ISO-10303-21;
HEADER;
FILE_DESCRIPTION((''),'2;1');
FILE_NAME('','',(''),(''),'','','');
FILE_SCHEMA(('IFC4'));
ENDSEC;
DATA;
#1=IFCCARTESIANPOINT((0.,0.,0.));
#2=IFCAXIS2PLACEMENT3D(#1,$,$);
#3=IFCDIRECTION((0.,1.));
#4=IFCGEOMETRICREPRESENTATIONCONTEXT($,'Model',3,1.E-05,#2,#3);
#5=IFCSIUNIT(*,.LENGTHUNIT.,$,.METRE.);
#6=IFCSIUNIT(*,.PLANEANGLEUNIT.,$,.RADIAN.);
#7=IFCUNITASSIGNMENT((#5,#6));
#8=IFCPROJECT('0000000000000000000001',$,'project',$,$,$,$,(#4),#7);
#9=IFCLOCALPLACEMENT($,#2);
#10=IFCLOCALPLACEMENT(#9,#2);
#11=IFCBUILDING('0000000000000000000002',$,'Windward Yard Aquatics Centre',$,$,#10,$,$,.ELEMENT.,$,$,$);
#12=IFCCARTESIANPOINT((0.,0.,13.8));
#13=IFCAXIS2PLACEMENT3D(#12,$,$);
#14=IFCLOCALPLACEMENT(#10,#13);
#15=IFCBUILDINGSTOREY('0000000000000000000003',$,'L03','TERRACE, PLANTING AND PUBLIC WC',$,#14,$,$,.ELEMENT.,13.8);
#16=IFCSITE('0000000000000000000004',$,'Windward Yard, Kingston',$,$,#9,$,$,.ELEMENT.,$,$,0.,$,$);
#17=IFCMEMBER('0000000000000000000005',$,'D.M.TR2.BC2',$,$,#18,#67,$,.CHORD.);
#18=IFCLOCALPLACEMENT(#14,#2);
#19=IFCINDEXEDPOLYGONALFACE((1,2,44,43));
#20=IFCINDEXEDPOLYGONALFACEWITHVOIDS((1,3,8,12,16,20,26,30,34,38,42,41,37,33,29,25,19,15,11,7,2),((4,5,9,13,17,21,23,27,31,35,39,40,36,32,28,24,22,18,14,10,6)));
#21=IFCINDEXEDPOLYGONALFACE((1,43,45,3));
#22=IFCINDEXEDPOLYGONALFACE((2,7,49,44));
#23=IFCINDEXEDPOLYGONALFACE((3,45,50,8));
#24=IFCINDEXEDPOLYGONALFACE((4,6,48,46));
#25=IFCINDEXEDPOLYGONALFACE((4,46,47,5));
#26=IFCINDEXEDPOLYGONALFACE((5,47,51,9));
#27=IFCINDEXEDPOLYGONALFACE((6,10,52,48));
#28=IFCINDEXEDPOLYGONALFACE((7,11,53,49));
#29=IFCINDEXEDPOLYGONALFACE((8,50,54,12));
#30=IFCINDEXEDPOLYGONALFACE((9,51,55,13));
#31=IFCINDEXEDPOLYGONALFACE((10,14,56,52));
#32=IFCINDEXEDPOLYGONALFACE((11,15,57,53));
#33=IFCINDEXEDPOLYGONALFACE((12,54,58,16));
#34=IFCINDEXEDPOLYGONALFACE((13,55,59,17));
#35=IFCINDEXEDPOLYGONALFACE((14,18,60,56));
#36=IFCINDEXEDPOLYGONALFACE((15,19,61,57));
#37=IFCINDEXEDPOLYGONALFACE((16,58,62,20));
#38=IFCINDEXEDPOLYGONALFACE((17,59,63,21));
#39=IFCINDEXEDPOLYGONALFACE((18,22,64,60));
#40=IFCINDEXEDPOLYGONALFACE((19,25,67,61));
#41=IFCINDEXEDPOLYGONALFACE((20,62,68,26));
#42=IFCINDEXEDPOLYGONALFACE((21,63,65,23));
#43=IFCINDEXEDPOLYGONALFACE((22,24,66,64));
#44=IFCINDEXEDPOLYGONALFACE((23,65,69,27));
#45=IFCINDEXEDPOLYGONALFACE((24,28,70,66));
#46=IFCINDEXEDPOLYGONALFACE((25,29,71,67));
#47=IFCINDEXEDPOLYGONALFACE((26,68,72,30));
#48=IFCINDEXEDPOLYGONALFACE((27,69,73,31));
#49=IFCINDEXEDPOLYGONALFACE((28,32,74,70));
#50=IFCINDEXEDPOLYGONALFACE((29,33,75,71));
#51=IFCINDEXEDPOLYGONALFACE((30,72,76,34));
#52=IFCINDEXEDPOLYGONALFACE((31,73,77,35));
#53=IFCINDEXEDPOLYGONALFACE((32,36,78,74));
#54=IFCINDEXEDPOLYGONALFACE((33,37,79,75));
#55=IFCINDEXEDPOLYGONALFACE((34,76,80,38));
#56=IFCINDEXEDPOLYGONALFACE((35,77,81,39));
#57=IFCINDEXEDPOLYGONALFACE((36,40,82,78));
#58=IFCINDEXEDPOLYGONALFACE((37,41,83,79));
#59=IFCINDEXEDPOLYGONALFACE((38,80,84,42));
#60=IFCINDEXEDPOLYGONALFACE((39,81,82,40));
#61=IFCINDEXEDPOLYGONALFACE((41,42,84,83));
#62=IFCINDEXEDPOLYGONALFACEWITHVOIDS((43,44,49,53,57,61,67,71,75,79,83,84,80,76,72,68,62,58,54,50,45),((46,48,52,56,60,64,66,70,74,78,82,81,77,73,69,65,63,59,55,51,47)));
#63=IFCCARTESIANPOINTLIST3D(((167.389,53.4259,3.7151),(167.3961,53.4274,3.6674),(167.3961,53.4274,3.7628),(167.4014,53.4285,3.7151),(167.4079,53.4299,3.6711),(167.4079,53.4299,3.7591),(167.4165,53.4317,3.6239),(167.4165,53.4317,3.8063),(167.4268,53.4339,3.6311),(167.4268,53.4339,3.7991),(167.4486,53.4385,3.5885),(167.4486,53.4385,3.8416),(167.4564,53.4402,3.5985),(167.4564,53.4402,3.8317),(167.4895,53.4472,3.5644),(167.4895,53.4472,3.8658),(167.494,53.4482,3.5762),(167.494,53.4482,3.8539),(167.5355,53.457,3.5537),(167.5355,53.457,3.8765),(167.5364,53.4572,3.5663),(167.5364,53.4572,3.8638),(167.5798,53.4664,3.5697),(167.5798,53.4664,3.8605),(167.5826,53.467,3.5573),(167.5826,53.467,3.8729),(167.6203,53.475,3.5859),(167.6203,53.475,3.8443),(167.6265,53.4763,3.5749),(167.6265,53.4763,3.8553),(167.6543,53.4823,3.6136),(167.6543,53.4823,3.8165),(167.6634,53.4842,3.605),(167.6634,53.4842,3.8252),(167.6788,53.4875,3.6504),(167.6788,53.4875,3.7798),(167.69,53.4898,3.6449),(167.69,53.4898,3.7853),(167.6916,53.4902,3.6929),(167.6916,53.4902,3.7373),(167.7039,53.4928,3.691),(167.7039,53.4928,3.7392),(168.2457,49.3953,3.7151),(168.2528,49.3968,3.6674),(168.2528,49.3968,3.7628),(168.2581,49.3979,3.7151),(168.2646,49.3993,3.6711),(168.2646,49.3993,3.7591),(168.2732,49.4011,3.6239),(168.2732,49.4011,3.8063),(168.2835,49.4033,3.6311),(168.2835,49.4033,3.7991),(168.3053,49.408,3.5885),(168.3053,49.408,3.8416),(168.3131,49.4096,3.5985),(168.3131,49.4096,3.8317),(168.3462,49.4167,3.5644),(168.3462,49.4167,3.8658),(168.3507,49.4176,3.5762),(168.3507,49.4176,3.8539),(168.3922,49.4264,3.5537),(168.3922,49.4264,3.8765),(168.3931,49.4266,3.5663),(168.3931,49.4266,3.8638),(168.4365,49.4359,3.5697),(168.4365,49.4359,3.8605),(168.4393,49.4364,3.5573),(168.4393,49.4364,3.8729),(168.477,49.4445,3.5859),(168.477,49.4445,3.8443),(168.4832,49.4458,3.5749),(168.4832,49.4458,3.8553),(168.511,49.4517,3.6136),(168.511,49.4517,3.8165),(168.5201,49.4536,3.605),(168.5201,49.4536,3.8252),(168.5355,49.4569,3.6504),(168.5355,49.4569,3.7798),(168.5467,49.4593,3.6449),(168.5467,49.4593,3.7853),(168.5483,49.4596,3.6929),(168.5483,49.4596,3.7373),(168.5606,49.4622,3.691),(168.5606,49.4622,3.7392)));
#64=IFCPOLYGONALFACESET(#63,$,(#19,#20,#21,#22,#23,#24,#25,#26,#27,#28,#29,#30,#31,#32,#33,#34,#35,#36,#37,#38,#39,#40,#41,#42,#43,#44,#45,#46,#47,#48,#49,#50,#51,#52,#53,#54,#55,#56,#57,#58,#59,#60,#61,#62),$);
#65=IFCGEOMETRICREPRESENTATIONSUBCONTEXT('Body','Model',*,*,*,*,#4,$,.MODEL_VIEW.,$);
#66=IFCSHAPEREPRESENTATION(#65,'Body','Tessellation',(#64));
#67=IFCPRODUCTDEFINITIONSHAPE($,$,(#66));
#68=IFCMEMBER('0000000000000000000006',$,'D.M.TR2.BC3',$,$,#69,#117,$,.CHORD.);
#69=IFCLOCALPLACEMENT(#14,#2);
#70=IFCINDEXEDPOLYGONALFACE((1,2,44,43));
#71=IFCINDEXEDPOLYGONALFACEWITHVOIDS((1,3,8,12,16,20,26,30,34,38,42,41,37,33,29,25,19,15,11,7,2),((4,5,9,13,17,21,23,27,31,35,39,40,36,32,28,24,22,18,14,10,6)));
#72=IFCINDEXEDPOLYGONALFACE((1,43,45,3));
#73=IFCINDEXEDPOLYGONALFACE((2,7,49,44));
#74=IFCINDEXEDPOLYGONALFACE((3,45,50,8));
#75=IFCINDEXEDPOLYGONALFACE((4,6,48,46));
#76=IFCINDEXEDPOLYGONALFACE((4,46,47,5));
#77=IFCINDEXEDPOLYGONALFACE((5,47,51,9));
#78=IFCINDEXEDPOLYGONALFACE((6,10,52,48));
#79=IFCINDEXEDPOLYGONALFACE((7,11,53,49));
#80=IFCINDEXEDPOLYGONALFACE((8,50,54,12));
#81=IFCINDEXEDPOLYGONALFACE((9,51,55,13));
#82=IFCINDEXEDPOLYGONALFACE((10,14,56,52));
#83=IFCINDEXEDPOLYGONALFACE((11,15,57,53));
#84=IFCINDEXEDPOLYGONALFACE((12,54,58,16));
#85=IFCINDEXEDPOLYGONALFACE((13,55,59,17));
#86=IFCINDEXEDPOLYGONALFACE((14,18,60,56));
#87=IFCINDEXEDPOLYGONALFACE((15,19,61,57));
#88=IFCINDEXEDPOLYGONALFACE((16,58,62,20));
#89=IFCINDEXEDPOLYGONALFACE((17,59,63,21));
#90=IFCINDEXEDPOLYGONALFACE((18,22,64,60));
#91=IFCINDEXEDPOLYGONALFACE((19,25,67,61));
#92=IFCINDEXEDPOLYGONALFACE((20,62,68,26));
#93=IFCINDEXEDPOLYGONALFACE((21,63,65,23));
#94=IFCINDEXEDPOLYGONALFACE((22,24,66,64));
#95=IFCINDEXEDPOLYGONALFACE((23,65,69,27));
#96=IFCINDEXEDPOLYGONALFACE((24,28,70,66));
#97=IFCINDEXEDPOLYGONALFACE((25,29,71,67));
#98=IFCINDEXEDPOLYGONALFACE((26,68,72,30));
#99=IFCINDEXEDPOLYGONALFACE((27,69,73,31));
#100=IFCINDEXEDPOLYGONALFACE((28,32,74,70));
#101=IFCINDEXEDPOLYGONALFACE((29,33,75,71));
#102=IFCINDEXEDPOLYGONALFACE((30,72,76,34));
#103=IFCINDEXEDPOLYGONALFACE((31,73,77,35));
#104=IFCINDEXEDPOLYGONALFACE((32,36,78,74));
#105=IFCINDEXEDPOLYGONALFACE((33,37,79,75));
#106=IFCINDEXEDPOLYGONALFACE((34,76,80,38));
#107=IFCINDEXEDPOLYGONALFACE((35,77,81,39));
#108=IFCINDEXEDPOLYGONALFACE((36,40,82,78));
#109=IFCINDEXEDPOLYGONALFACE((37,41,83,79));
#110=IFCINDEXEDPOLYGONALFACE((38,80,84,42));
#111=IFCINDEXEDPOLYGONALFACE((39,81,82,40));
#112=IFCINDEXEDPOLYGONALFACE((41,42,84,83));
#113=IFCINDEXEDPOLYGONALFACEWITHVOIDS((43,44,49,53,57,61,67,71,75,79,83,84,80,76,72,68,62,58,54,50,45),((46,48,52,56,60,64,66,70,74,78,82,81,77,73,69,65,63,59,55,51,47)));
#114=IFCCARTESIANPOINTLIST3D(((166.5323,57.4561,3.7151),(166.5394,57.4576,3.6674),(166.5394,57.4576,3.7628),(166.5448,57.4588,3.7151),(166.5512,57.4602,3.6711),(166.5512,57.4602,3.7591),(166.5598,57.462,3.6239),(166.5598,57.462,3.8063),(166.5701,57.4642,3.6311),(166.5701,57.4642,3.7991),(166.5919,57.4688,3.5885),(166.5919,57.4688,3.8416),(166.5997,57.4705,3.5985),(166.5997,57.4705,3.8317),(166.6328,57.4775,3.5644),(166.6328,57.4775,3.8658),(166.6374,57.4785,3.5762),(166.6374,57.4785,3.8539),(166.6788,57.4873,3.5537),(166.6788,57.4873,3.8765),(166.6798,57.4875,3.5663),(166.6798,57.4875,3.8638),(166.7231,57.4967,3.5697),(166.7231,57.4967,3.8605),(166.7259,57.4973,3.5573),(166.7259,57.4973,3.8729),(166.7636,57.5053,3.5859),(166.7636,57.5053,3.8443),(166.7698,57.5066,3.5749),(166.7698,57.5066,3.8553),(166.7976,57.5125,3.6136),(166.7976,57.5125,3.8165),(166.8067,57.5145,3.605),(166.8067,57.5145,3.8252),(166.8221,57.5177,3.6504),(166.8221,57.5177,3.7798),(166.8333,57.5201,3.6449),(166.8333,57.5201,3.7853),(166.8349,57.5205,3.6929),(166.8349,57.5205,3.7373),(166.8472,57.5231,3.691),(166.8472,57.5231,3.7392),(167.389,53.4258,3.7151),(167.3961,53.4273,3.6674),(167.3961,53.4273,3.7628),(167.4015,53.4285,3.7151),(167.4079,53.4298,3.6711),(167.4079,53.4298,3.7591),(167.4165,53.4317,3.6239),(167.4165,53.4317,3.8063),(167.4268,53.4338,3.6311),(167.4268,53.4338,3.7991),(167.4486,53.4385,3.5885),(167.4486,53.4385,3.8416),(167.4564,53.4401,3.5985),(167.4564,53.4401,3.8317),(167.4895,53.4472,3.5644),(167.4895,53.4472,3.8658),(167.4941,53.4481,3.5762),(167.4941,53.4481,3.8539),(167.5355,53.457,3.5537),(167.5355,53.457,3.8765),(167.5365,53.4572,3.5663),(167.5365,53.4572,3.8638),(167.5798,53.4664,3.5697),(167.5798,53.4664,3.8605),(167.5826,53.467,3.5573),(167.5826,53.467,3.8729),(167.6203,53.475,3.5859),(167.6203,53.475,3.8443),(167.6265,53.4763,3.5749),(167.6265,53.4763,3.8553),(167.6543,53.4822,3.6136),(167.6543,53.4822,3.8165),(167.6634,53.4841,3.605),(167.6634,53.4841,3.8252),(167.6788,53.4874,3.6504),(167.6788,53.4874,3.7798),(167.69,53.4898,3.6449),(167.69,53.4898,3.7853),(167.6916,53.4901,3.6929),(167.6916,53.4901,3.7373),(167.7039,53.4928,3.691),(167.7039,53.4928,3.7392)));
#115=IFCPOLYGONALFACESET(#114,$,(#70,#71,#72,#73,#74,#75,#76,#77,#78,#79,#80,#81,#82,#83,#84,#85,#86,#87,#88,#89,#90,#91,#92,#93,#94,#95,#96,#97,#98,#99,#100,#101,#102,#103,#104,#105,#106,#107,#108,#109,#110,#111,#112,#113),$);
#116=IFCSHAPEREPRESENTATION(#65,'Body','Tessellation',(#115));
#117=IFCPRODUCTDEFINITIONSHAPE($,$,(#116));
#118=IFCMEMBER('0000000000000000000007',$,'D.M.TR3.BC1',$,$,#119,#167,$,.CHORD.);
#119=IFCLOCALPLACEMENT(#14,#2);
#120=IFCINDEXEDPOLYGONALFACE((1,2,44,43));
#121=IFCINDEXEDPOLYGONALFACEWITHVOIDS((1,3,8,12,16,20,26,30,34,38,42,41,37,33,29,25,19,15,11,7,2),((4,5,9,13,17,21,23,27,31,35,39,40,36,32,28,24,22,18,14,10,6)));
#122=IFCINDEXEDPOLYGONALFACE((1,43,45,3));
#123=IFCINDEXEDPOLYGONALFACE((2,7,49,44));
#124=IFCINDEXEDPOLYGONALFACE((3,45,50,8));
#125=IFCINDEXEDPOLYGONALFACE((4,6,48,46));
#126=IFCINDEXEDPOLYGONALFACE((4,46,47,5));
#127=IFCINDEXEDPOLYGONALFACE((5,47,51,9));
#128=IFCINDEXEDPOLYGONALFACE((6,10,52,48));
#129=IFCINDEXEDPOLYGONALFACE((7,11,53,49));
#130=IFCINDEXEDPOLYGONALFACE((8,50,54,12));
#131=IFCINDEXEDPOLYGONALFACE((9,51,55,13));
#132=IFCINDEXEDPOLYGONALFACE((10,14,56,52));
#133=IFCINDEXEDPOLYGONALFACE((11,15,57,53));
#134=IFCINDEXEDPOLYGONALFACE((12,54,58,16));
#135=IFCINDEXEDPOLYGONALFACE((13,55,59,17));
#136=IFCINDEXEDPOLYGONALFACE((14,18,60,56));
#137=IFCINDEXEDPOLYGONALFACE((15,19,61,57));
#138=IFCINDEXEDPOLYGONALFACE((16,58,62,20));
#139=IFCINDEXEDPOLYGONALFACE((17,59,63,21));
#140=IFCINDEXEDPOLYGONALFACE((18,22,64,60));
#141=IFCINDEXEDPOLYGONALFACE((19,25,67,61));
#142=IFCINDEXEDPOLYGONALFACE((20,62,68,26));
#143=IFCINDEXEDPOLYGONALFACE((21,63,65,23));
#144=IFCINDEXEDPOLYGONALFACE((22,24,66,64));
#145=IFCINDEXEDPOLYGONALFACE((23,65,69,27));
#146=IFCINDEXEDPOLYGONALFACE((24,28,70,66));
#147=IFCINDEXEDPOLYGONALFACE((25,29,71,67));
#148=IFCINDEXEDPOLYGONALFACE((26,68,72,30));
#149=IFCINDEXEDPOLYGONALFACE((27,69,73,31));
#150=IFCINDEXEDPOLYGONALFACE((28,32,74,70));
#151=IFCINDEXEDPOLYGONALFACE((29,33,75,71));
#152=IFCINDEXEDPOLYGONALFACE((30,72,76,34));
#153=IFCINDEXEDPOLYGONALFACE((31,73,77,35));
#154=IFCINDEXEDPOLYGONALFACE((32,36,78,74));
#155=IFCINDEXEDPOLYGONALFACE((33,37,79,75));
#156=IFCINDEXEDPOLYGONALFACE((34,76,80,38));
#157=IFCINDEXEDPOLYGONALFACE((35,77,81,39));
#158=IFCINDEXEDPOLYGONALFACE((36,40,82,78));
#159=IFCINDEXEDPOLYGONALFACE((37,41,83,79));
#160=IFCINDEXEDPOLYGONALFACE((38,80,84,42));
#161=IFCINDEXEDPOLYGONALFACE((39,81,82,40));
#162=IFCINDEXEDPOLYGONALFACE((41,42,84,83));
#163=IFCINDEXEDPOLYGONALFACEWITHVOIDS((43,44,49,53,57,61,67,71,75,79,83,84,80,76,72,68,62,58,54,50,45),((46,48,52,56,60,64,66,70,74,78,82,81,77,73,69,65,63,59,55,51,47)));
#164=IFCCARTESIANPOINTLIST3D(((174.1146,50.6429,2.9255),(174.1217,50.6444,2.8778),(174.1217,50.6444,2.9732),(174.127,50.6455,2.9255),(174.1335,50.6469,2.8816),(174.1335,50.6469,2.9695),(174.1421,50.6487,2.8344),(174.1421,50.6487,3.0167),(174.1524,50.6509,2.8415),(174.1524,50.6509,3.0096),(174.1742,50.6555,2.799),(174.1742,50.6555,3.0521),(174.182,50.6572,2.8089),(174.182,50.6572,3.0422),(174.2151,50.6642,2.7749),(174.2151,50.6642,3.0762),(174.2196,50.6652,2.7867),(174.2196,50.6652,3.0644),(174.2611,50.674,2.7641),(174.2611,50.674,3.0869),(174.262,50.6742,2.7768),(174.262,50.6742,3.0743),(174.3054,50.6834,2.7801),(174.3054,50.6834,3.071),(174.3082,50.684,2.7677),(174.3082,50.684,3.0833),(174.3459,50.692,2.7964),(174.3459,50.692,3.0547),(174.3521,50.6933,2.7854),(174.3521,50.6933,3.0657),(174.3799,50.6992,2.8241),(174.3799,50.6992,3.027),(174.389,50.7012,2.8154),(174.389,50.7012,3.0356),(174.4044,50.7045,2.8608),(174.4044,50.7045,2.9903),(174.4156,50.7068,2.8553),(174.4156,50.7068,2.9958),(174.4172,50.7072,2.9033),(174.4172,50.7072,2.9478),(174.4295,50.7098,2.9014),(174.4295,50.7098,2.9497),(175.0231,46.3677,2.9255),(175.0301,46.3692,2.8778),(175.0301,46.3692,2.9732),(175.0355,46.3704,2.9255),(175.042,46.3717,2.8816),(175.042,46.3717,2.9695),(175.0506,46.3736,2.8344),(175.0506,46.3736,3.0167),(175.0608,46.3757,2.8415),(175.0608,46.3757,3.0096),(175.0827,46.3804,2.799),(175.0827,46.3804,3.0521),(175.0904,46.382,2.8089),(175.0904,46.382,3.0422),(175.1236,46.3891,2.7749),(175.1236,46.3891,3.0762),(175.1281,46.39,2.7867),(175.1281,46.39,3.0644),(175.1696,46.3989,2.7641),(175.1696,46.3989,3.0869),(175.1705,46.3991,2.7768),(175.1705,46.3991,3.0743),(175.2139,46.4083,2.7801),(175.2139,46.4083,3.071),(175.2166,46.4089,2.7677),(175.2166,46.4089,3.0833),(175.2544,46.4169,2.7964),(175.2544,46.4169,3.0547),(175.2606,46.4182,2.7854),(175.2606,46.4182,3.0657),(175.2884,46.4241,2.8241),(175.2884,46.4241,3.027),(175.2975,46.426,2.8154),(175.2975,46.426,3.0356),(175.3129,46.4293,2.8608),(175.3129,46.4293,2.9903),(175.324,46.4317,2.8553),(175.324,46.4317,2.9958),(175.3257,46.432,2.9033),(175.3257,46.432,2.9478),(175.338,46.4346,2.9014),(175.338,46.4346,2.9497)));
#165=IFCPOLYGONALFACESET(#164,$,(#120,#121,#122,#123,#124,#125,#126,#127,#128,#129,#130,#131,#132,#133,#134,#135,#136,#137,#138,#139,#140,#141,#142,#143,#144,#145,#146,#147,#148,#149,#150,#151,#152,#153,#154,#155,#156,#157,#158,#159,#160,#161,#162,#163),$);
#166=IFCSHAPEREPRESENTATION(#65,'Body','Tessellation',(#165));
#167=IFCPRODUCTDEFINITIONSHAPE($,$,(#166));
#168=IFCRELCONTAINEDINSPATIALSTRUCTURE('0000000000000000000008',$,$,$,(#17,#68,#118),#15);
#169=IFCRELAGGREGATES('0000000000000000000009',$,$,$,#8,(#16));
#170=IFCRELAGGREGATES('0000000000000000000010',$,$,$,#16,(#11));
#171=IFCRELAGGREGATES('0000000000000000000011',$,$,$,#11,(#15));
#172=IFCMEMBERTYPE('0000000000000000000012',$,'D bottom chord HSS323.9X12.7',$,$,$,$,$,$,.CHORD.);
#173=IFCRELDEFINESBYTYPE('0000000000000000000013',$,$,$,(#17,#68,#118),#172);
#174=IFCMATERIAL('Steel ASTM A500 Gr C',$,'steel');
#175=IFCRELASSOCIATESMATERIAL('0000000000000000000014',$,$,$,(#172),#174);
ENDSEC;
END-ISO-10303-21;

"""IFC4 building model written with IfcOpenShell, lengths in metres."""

from ifc_helpers import new_model, si_unit, direction, frame, origin, origin_2d, place, context, subcontext, project, spatial, hollow_circle, extrude, material, material_profile, profile_set, type_object, element, save


model = new_model("IFC4")

# Units and contexts
model_context = context("Model", 3, precision=1e-05, world=origin(), true_north=direction((0.0, 1.0)))
body_context = subcontext(model_context, "Body", "Model", "MODEL_VIEW")
ifc_project = project(units=[si_unit("LENGTHUNIT", "METRE"), si_unit("PLANEANGLEUNIT", "RADIAN")], contexts=[model_context])

# Site, building, storey
site_placement = place(None, origin())
site = spatial("IfcSite", under=ifc_project, at=site_placement, Name="Windward Yard, Kingston", CompositionType="ELEMENT", RefElevation=0.0)
building_placement = place(site_placement, origin())
building = spatial("IfcBuilding", under=site, at=building_placement, Name="Windward Yard Aquatics Centre", CompositionType="ELEMENT")
storey_placement = place(building_placement, frame((0.0, 0.0, 13.8)))
storey = spatial("IfcBuildingStorey", under=building, at=storey_placement, Name="L03", Description="TERRACE, PLANTING AND PUBLIC WC", CompositionType="ELEMENT", Elevation=13.8)

# Shared definitions
ifc_material_1 = material(Name="Steel ASTM A500 Gr C", Category="steel")

# Members
ifc_material_profile_1 = material_profile(ifc_material_1, hollow_circle(Radius=0.1619, WallThickness=0.0127, at=origin_2d()), Name="HSS323.9X12.7")
ifc_profile_set_1 = profile_set([ifc_material_profile_1], Name="Steel ASTM A500 Gr C")
member_type_1 = type_object("IfcMemberType", Name="D bottom chord HSS323.9X12.7", PredefinedType="CHORD", material=ifc_profile_set_1)
member_1_placement = place(storey_placement, frame((168.4041, 49.429, 3.7151), z_axis=(-0.207906, 0.978149, 0.0), x_axis=(-0.978149, -0.207906, 0.0)))
element("IfcMember", 1, at=member_1_placement, inside=storey, type_object=member_type_1, Name="D.M.TR2.BC2", PredefinedType="CHORD", context=body_context, shape_type="SweptSolid", body=[
    extrude(hollow_circle(Radius=0.1619, WallThickness=0.0127, at=origin_2d()), origin(), (0.0, 0.0, 1.0), 4.1206),
])
member_2_placement = place(storey_placement, frame((167.5474, 53.4595, 3.7151), z_axis=(-0.207918, 0.978146, 0.0), x_axis=(-0.978146, -0.207918, 0.0)))
element("IfcMember", 2, at=member_2_placement, inside=storey, type_object=member_type_1, Name="D.M.TR2.BC3", PredefinedType="CHORD", context=body_context, shape_type="SweptSolid", body=[
    extrude(hollow_circle(Radius=0.1619, WallThickness=0.0127, at=origin_2d()), origin(), (0.0, 0.0, 1.0), 4.1204),
])
member_3_placement = place(storey_placement, frame((175.1814, 46.4014, 2.9255), z_axis=(-0.207854, 0.97816, 0.0), x_axis=(-0.97816, -0.207854, 0.0)))
element("IfcMember", 3, at=member_3_placement, inside=storey, type_object=member_type_1, Name="D.M.TR3.BC1", PredefinedType="CHORD", context=body_context, shape_type="SweptSolid", body=[
    extrude(hollow_circle(Radius=0.1619, WallThickness=0.0127, at=origin_2d()), origin(), (0.0, 0.0, 1.0), 4.3706),
])

save(model, "model.ifc")
